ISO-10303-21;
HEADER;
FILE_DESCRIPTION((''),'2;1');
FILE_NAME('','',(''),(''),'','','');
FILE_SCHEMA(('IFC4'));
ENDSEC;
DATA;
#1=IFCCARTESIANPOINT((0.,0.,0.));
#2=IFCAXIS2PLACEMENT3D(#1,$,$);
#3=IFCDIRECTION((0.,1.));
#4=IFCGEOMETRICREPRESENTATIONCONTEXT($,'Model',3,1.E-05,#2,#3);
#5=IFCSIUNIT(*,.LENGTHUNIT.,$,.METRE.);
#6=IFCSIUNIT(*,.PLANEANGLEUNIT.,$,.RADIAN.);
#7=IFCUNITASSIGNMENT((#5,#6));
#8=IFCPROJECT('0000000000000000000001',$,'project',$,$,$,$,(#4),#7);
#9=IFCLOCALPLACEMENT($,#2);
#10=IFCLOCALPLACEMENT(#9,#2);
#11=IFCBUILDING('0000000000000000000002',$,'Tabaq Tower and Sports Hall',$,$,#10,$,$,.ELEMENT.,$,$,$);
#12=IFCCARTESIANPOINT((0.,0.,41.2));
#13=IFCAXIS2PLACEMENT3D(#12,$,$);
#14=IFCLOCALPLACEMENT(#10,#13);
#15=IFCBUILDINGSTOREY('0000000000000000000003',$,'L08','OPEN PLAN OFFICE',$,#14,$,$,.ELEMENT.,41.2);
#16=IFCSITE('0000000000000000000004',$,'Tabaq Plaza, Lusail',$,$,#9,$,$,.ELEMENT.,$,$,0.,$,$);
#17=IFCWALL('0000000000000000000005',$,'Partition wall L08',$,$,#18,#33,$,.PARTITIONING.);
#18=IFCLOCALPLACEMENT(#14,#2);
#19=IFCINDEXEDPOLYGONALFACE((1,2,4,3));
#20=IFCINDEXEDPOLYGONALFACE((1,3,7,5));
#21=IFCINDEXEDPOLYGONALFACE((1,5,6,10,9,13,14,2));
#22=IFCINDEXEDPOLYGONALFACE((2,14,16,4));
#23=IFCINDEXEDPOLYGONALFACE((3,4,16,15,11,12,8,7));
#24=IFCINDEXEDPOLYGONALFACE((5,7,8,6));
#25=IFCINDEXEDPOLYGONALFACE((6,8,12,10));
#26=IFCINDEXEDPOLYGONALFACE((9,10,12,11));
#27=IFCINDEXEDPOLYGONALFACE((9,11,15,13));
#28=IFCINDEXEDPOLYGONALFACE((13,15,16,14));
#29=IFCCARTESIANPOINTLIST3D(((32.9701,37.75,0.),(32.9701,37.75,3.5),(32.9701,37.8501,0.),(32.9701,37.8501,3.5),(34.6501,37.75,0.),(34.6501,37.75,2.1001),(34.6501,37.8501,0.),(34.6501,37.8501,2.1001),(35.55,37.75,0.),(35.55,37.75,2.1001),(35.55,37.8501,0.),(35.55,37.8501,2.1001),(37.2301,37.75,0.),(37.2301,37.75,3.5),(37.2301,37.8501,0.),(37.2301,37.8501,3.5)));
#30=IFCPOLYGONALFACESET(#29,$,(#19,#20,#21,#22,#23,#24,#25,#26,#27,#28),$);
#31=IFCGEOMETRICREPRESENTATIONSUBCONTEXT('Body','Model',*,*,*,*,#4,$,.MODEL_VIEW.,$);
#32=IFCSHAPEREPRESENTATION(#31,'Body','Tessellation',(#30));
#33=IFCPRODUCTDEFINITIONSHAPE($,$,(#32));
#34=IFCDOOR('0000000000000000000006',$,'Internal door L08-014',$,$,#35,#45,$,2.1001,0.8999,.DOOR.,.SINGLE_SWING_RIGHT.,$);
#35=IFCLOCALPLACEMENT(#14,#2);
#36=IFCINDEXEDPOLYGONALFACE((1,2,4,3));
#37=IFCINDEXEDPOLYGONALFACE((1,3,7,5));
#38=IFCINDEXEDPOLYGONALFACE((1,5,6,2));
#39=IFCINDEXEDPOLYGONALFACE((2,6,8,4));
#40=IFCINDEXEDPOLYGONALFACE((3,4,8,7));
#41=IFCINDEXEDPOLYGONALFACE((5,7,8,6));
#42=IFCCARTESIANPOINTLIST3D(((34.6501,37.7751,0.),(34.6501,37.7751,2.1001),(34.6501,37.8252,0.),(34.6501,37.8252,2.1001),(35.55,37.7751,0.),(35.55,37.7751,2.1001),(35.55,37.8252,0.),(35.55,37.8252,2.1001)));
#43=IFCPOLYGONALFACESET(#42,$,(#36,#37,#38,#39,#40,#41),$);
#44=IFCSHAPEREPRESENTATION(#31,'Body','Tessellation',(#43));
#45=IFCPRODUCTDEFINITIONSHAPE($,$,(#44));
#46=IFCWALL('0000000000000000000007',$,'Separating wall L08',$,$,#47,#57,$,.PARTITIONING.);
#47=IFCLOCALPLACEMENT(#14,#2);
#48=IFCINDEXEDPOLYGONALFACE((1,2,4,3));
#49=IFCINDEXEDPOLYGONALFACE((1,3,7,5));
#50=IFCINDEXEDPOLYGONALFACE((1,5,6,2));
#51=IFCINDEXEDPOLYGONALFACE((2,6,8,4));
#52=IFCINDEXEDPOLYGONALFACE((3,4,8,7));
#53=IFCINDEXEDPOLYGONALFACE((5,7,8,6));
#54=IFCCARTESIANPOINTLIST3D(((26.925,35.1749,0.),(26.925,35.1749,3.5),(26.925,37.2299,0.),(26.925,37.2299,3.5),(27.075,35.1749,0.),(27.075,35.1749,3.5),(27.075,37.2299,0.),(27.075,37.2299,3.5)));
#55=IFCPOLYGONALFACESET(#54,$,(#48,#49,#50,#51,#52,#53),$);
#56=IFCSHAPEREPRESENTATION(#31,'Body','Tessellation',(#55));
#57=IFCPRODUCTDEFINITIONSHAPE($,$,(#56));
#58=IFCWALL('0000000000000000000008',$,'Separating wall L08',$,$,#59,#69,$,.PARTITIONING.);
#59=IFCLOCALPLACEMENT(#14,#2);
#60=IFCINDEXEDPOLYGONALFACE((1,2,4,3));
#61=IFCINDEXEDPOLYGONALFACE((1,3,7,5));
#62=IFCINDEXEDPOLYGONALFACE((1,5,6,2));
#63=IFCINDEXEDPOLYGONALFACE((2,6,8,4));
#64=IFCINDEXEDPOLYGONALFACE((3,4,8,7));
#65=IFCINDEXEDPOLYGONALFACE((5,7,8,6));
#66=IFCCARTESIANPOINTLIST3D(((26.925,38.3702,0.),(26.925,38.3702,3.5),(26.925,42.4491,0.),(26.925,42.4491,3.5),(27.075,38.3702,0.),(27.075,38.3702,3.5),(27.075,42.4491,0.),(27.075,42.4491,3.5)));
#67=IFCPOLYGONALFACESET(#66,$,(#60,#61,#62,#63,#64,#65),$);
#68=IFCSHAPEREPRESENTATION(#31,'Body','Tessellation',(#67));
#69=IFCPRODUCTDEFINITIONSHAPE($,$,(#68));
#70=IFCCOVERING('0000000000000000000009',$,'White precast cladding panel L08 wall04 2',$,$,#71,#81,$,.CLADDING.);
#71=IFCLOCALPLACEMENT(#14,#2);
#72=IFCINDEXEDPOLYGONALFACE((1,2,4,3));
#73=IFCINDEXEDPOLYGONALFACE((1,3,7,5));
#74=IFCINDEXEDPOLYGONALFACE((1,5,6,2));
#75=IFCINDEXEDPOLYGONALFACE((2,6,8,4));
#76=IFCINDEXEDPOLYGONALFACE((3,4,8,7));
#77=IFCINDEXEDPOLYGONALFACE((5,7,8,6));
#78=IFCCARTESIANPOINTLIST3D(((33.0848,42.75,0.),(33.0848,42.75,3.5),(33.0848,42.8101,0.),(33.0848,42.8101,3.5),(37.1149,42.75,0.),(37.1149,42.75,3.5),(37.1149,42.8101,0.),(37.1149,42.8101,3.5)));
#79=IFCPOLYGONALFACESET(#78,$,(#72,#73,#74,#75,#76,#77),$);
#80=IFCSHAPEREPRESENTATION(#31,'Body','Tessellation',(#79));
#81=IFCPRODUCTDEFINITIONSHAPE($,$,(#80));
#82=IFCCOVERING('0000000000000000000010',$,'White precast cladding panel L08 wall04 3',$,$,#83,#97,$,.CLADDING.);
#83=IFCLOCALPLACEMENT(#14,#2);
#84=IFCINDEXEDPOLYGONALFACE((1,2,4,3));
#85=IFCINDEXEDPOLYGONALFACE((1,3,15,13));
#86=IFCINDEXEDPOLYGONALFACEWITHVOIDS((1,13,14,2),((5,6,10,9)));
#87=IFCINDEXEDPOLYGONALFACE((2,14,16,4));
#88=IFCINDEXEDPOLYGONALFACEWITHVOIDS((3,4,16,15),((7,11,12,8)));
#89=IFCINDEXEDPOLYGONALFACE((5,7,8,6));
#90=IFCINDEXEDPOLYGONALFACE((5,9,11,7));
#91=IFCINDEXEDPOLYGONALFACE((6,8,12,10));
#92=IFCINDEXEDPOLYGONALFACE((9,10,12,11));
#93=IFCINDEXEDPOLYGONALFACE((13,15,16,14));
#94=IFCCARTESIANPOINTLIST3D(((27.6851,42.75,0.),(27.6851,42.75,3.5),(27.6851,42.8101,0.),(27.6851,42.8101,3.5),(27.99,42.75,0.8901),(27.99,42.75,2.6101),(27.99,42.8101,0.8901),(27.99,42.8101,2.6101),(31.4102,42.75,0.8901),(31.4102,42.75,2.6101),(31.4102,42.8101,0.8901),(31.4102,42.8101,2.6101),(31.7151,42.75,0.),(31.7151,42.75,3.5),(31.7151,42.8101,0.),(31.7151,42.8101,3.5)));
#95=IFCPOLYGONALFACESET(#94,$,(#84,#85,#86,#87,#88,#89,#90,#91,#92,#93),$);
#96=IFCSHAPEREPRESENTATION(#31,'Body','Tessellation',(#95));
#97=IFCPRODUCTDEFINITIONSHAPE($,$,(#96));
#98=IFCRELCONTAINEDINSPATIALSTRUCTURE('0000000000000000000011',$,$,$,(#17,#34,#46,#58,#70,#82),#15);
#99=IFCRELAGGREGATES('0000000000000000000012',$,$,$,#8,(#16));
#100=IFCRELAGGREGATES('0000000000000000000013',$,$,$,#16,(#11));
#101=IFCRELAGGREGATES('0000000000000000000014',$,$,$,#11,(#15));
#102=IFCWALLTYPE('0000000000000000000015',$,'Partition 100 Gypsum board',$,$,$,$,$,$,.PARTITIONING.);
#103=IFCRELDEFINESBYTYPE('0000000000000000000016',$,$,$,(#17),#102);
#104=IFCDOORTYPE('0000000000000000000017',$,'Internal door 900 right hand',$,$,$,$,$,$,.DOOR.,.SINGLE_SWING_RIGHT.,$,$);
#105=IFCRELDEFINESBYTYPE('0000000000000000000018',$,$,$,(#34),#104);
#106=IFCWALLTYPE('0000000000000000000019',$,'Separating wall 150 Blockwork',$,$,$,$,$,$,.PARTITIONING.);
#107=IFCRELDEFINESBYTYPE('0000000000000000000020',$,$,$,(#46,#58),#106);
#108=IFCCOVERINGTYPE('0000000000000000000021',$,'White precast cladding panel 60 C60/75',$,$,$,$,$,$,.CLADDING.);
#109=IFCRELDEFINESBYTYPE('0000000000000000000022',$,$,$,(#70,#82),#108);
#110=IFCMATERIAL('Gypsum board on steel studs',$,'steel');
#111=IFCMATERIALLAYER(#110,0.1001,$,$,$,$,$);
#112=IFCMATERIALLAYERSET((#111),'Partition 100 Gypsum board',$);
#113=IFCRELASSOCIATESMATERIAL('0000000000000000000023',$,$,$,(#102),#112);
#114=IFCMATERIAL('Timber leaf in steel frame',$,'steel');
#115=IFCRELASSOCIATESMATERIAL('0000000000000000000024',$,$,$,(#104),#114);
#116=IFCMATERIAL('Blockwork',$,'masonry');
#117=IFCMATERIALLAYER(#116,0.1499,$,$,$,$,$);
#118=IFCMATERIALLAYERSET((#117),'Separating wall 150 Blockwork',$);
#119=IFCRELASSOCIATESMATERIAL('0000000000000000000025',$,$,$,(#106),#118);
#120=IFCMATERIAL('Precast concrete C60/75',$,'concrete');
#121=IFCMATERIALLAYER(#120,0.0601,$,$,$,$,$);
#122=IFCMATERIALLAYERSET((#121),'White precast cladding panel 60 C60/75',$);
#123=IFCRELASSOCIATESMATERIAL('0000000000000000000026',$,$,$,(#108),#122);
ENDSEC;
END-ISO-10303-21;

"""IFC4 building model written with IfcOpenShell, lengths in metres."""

from ifc_helpers import new_model, si_unit, direction, frame, frame_2d, origin, place, context, subcontext, project, spatial, polyline, rectangle, outline, extrude, material, layer, layer_set, type_object, element, fill, save


model = new_model("IFC4")

# Units and contexts
model_context = context("Model", 3, precision=1e-05, world=origin(), true_north=direction((0.0, 1.0)))
body_context = subcontext(model_context, "Body", "Model", "MODEL_VIEW")
ifc_project = project(units=[si_unit("LENGTHUNIT", "METRE"), si_unit("PLANEANGLEUNIT", "RADIAN")], contexts=[model_context])

# Site, building, storey
site_placement = place(None, origin())
site = spatial("IfcSite", under=ifc_project, at=site_placement, Name="Tabaq Plaza, Lusail", CompositionType="ELEMENT", RefElevation=0.0)
building_placement = place(site_placement, origin())
building = spatial("IfcBuilding", under=site, at=building_placement, Name="Tabaq Tower and Sports Hall", CompositionType="ELEMENT")
storey_placement = place(building_placement, frame((0.0, 0.0, 41.2)))
storey = spatial("IfcBuildingStorey", under=building, at=storey_placement, Name="L08", Description="OPEN PLAN OFFICE", CompositionType="ELEMENT", Elevation=41.2)

# Shared definitions
ifc_material_1 = material(Name="Gypsum board on steel studs", Category="steel")
ifc_layer_1 = layer(ifc_material_1, 0.1001)
ifc_layer_set_1 = layer_set([ifc_layer_1], Name="Partition 100 Gypsum board")
wall_type_1 = type_object("IfcWallType", Name="Partition 100 Gypsum board", PredefinedType="PARTITIONING", material=ifc_layer_set_1)

# Wall, opening, door
wall_1_placement = place(storey_placement, frame((37.23, 37.8, 0.0), z_axis=(0.0, 0.0, 1.0), x_axis=(-1.0, 0.0, 0.0)))
wall_1 = element("IfcWall", 1, at=wall_1_placement, inside=storey, type_object=wall_type_1, Name="Partition wall L08", PredefinedType="PARTITIONING", context=body_context, shape_type="SweptSolid", body=[
    extrude(rectangle(XDim=4.26, YDim=0.1001, at=frame_2d((2.1299, 0.0))), origin(), (0.0, 0.0, 1.0), 3.5),
])
opening_placement = place(wall_1_placement, frame((1.6799, 0.0, 0.0)))
opening = element("IfcOpeningElement", 2, at=opening_placement, cuts=wall_1, PredefinedType="OPENING", context=body_context, shape_type="SweptSolid", body=[
    extrude(rectangle(XDim=0.8999, YDim=2.1001, at=frame_2d((0.45, 1.05))), frame((0.0, 0.05, 0.0), z_axis=(0.0, -1.0, 0.0), x_axis=(1.0, 0.0, 0.0)), (0.0, 0.0, 1.0), 0.1001),
])
ifc_material_2 = material(Name="Timber leaf in steel frame", Category="steel")
door_type = type_object("IfcDoorType", Name="Internal door 900 right hand", OperationType="SINGLE_SWING_RIGHT", PredefinedType="DOOR", material=ifc_material_2)
door_placement = place(opening_placement, origin())
door = element("IfcDoor", 3, at=door_placement, inside=storey, type_object=door_type, Name="Internal door L08-014", OperationType="SINGLE_SWING_RIGHT", OverallHeight=2.1001, OverallWidth=0.8999, PredefinedType="DOOR", context=body_context, shape_type="SweptSolid", body=[
    extrude(rectangle(XDim=0.8999, YDim=2.1001, at=frame_2d((0.45, 1.05))), frame((0.0, 0.0249, 0.0), z_axis=(0.0, -1.0, 0.0), x_axis=(1.0, 0.0, 0.0)), (0.0, 0.0, 1.0), 0.05),
])
fill(opening, door)

# Walls
ifc_material_3 = material(Name="Blockwork", Category="masonry")
ifc_layer_2 = layer(ifc_material_3, 0.1499)
ifc_layer_set_2 = layer_set([ifc_layer_2], Name="Separating wall 150 Blockwork")
wall_type_2 = type_object("IfcWallType", Name="Separating wall 150 Blockwork", PredefinedType="PARTITIONING", material=ifc_layer_set_2)
wall_2_placement = place(storey_placement, frame((27.0, 35.175, 0.0), z_axis=(0.0, 0.0, 1.0), x_axis=(0.0, 1.0, 0.0)))
element("IfcWall", 4, at=wall_2_placement, inside=storey, type_object=wall_type_2, Name="Separating wall L08", PredefinedType="PARTITIONING", context=body_context, shape_type="SweptSolid", body=[
    extrude(rectangle(XDim=2.0549, YDim=0.1499, at=frame_2d((1.0273, 0.0))), origin(), (0.0, 0.0, 1.0), 3.5),
])
wall_3_placement = place(storey_placement, frame((27.0, 38.3701, 0.0), z_axis=(0.0, 0.0, 1.0), x_axis=(0.0, 1.0, 0.0)))
element("IfcWall", 5, at=wall_3_placement, inside=storey, type_object=wall_type_2, Name="Separating wall L08", PredefinedType="PARTITIONING", context=body_context, shape_type="SweptSolid", body=[
    extrude(rectangle(XDim=4.0789, YDim=0.1499, at=frame_2d((2.0396, 0.0))), origin(), (0.0, 0.0, 1.0), 3.5),
])

# Coverings
ifc_material_4 = material(Name="Precast concrete C60/75", Category="concrete")
ifc_layer_3 = layer(ifc_material_4, 0.0601)
ifc_layer_set_3 = layer_set([ifc_layer_3], Name="White precast cladding panel 60 C60/75")
covering_type = type_object("IfcCoveringType", Name="White precast cladding panel 60 C60/75", PredefinedType="CLADDING", material=ifc_layer_set_3)
covering_1_placement = place(storey_placement, frame((37.115, 42.78, 0.0), z_axis=(0.0, 0.0, 1.0), x_axis=(-1.0, 0.0, 0.0)))
element("IfcCovering", 6, at=covering_1_placement, inside=storey, type_object=covering_type, Name="White precast cladding panel L08 wall04 2", PredefinedType="CLADDING", context=body_context, shape_type="SweptSolid", body=[
    extrude(rectangle(XDim=4.03, YDim=0.0601, at=frame_2d((2.0151, 0.0))), origin(), (0.0, 0.0, 1.0), 3.5),
])
covering_2_placement = place(storey_placement, frame((31.7151, 42.78, 0.0), z_axis=(0.0, 0.0, 1.0), x_axis=(-1.0, 0.0, 0.0)))
element("IfcCovering", 7, at=covering_2_placement, inside=storey, type_object=covering_type, Name="White precast cladding panel L08 wall04 3", PredefinedType="CLADDING", context=body_context, shape_type="SweptSolid", body=[
    extrude(outline(polyline([(0.0, 0.0), (4.03, 0.0), (4.03, 3.5), (0.0, 3.5), (0.0, 0.0)]), holes=[polyline([(0.3049, 0.8901), (0.3049, 2.6101), (3.7251, 2.6101), (3.7251, 0.8901), (0.3049, 0.8901)])]), frame((0.0, 0.03, 0.0), z_axis=(0.0, -1.0, 0.0), x_axis=(1.0, 0.0, 0.0)), (0.0, 0.0, 1.0), 0.0601),
])

save(model, "model.ifc")
